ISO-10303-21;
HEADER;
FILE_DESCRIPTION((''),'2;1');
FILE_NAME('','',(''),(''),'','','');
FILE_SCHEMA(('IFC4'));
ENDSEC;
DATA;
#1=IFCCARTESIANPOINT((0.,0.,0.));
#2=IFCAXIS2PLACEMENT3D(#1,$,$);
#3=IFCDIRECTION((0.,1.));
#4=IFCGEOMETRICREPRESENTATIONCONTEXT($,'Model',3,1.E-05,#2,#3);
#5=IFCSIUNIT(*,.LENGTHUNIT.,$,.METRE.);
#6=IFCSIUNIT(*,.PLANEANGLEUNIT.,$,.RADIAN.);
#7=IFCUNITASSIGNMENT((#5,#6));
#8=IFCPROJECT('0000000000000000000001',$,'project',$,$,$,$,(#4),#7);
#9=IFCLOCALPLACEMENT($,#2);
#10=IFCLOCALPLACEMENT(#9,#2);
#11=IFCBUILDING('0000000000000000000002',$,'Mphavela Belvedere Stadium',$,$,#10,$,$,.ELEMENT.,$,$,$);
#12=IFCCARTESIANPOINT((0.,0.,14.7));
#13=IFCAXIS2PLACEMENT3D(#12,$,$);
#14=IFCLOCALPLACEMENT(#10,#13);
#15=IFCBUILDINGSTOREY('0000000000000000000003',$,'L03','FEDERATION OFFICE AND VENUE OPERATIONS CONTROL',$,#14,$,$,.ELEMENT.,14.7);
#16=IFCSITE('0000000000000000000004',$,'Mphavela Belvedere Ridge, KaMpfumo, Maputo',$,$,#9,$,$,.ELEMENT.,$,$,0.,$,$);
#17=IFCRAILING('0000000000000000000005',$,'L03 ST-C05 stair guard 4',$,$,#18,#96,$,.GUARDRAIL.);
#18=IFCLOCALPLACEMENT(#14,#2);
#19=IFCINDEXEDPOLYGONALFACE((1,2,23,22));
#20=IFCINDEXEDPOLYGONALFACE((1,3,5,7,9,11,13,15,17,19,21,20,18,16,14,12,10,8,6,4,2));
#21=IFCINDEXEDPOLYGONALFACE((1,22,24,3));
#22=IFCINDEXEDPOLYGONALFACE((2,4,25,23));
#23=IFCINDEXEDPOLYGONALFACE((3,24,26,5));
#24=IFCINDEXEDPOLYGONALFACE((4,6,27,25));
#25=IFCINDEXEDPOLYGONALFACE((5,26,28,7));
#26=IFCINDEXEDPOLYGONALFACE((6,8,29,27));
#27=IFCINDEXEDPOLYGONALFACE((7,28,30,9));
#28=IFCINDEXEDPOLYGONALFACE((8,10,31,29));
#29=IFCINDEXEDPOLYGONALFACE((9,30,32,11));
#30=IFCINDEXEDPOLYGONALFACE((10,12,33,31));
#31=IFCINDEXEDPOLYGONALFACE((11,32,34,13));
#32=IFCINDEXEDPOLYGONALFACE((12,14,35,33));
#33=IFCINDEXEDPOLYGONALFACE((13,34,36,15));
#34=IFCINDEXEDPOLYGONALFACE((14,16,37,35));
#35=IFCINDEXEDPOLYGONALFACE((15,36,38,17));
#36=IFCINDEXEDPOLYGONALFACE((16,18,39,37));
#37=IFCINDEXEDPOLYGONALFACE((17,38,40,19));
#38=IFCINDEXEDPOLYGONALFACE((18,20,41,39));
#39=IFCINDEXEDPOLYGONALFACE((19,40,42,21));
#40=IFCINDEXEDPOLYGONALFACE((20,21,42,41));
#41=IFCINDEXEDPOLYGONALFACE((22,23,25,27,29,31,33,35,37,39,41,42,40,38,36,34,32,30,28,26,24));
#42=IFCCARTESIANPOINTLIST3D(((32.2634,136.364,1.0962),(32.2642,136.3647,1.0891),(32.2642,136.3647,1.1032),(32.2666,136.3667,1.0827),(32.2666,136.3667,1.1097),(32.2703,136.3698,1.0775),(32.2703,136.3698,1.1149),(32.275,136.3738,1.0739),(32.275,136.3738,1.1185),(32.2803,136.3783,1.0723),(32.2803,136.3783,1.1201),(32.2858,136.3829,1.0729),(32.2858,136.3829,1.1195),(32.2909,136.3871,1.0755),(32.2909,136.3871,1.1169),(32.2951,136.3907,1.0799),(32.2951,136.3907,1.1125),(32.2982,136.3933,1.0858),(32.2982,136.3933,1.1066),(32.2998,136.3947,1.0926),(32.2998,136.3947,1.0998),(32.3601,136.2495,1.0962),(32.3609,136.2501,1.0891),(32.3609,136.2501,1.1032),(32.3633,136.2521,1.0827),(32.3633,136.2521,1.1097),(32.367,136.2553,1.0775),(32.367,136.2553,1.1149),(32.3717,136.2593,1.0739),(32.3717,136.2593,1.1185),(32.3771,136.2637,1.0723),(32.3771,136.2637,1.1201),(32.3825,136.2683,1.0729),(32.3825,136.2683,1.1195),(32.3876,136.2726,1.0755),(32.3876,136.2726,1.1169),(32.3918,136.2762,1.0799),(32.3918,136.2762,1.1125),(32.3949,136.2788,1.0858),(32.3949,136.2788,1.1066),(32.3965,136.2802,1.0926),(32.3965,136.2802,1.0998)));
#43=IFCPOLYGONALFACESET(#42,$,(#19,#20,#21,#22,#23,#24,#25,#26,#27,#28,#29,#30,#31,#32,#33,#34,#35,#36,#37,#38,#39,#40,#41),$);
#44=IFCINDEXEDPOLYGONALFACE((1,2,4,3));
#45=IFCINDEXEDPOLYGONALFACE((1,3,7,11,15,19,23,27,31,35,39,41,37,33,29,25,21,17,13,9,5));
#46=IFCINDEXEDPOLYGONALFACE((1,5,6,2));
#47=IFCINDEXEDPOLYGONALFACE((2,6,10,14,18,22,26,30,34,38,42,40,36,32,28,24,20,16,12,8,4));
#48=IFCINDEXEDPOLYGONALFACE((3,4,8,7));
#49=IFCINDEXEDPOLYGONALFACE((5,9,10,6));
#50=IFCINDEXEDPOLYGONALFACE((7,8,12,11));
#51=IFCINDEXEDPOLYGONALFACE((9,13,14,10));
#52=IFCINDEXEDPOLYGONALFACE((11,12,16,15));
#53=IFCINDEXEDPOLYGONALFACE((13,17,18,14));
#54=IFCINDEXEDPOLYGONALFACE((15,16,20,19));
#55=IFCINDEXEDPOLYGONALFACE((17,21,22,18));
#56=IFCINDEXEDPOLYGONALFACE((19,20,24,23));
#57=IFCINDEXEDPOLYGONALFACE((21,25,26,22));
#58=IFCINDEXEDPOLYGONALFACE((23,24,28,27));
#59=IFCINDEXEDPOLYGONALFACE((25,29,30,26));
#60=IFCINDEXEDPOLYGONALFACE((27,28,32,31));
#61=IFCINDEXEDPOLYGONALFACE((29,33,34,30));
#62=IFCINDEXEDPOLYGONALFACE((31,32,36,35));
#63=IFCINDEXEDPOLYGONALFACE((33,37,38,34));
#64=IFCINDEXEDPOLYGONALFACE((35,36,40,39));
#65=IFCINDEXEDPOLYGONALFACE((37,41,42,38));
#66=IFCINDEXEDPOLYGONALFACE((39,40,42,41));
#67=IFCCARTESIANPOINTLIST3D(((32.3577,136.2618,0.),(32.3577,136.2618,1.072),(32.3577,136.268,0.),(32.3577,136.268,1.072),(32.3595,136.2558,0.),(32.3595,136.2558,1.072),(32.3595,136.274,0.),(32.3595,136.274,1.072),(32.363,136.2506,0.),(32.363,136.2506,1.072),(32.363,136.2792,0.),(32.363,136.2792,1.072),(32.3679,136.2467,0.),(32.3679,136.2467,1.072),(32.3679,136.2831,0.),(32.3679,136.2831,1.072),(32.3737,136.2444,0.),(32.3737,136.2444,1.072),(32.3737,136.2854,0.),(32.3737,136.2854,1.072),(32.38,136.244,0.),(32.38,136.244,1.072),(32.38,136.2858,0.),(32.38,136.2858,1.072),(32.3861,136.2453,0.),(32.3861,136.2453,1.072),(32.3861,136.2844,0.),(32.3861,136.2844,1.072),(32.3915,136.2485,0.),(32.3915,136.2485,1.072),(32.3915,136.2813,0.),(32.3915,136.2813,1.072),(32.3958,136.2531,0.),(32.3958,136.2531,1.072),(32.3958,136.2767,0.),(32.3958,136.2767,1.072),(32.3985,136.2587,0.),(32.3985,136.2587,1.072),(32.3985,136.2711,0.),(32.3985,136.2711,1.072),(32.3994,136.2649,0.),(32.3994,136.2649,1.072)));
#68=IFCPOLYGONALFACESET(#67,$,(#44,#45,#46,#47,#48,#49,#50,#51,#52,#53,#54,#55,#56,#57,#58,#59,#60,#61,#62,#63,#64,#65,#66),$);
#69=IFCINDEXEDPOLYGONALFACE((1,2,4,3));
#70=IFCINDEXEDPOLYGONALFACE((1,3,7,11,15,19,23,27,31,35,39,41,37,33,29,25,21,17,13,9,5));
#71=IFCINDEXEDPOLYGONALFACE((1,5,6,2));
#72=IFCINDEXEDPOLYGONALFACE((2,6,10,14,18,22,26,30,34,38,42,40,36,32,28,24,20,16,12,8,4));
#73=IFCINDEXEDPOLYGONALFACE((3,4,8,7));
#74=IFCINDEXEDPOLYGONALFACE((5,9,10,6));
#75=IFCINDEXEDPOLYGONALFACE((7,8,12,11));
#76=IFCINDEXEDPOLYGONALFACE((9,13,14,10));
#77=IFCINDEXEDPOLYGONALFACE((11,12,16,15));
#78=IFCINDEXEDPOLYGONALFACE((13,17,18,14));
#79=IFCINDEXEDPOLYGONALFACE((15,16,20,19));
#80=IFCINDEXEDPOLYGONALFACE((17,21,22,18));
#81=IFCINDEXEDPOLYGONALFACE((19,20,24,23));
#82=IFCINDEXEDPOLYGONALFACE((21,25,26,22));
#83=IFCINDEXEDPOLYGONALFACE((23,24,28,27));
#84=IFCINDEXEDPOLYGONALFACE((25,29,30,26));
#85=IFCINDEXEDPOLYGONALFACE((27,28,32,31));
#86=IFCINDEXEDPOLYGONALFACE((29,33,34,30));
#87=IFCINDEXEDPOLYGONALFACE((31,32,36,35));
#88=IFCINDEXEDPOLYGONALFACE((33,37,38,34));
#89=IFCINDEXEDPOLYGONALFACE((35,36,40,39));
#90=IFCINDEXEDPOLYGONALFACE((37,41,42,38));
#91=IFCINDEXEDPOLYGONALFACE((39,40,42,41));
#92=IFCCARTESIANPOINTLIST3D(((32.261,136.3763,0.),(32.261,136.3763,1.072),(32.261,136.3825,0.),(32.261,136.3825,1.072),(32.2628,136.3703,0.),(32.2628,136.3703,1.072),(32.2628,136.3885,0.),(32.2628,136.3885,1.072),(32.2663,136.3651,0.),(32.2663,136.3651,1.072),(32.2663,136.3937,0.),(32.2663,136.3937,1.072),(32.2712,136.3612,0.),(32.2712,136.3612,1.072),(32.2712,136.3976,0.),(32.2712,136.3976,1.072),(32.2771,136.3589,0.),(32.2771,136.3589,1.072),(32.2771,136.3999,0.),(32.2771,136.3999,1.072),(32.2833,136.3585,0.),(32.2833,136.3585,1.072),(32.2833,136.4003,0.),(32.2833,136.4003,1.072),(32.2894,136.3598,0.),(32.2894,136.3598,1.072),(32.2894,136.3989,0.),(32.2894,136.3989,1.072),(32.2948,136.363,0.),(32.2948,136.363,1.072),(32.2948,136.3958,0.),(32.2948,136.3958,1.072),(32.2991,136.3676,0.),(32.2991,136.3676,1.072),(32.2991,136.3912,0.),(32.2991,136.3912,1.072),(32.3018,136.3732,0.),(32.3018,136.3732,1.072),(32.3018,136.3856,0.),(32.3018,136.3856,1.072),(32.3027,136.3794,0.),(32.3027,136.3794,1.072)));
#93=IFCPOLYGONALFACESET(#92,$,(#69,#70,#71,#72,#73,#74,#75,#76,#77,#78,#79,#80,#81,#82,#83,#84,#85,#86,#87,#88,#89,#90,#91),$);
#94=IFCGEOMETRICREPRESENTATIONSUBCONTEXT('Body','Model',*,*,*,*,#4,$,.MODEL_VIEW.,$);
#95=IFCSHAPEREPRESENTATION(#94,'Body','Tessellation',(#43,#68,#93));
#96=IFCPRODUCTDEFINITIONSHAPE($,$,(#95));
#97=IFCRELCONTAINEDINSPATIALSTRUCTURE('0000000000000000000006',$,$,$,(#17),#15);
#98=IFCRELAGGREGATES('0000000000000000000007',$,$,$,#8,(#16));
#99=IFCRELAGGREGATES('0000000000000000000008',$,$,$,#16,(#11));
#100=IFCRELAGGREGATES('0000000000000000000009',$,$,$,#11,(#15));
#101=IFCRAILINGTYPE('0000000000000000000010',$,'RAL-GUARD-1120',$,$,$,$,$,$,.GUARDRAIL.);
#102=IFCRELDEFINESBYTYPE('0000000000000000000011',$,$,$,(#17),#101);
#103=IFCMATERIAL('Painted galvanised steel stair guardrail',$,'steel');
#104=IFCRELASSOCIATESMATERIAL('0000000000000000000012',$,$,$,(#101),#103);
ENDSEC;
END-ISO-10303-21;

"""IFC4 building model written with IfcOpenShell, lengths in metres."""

from ifc_helpers import new_model, si_unit, direction, frame, origin, origin_2d, place, context, subcontext, project, spatial, circle, extrude, material, type_object, element, save


model = new_model("IFC4")

# Units and contexts
model_context = context("Model", 3, precision=1e-05, world=origin(), true_north=direction((0.0, 1.0)))
body_context = subcontext(model_context, "Body", "Model", "MODEL_VIEW")
ifc_project = project(units=[si_unit("LENGTHUNIT", "METRE"), si_unit("PLANEANGLEUNIT", "RADIAN")], contexts=[model_context])

# Site, building, storey
site_placement = place(None, origin())
site = spatial("IfcSite", under=ifc_project, at=site_placement, Name="Mphavela Belvedere Ridge, KaMpfumo, Maputo", CompositionType="ELEMENT", RefElevation=0.0)
building_placement = place(site_placement, origin())
building = spatial("IfcBuilding", under=site, at=building_placement, Name="Mphavela Belvedere Stadium", CompositionType="ELEMENT")
storey_placement = place(building_placement, frame((0.0, 0.0, 14.7)))
storey = spatial("IfcBuildingStorey", under=building, at=storey_placement, Name="L03", Description="FEDERATION OFFICE AND VENUE OPERATIONS CONTROL", CompositionType="ELEMENT", Elevation=14.7)

# Railing
ifc_material_1 = material(Name="Painted galvanised steel stair guardrail", Category="steel")
railing_type_1 = type_object("IfcRailingType", Name="RAL-GUARD-1120", PredefinedType="GUARDRAIL", material=ifc_material_1)
railing_1_placement = place(storey_placement, frame((32.3784, 136.2649, 0.0)))
element("IfcRailing", 1, at=railing_1_placement, inside=storey, type_object=railing_type_1, Name="L03 ST-C05 stair guard 4", PredefinedType="GUARDRAIL", context=body_context, shape_type="SweptSolid", body=[
    extrude(circle(Radius=0.0239, at=origin_2d()), frame((0.0, 0.0, 1.0962), z_axis=(-0.645139, 0.764066, 0.0), x_axis=(-0.764066, -0.645139, 0.0)), (0.0, 0.0, 1.0), 0.1499),
    extrude(circle(Radius=0.021, at=origin_2d()), origin(), (0.0, 0.0, 1.0), 1.072),
    extrude(circle(Radius=0.021, at=origin_2d()), frame((-0.0967, 0.1145, 0.0)), (0.0, 0.0, 1.0), 1.072),
])

save(model, "model.ifc")
